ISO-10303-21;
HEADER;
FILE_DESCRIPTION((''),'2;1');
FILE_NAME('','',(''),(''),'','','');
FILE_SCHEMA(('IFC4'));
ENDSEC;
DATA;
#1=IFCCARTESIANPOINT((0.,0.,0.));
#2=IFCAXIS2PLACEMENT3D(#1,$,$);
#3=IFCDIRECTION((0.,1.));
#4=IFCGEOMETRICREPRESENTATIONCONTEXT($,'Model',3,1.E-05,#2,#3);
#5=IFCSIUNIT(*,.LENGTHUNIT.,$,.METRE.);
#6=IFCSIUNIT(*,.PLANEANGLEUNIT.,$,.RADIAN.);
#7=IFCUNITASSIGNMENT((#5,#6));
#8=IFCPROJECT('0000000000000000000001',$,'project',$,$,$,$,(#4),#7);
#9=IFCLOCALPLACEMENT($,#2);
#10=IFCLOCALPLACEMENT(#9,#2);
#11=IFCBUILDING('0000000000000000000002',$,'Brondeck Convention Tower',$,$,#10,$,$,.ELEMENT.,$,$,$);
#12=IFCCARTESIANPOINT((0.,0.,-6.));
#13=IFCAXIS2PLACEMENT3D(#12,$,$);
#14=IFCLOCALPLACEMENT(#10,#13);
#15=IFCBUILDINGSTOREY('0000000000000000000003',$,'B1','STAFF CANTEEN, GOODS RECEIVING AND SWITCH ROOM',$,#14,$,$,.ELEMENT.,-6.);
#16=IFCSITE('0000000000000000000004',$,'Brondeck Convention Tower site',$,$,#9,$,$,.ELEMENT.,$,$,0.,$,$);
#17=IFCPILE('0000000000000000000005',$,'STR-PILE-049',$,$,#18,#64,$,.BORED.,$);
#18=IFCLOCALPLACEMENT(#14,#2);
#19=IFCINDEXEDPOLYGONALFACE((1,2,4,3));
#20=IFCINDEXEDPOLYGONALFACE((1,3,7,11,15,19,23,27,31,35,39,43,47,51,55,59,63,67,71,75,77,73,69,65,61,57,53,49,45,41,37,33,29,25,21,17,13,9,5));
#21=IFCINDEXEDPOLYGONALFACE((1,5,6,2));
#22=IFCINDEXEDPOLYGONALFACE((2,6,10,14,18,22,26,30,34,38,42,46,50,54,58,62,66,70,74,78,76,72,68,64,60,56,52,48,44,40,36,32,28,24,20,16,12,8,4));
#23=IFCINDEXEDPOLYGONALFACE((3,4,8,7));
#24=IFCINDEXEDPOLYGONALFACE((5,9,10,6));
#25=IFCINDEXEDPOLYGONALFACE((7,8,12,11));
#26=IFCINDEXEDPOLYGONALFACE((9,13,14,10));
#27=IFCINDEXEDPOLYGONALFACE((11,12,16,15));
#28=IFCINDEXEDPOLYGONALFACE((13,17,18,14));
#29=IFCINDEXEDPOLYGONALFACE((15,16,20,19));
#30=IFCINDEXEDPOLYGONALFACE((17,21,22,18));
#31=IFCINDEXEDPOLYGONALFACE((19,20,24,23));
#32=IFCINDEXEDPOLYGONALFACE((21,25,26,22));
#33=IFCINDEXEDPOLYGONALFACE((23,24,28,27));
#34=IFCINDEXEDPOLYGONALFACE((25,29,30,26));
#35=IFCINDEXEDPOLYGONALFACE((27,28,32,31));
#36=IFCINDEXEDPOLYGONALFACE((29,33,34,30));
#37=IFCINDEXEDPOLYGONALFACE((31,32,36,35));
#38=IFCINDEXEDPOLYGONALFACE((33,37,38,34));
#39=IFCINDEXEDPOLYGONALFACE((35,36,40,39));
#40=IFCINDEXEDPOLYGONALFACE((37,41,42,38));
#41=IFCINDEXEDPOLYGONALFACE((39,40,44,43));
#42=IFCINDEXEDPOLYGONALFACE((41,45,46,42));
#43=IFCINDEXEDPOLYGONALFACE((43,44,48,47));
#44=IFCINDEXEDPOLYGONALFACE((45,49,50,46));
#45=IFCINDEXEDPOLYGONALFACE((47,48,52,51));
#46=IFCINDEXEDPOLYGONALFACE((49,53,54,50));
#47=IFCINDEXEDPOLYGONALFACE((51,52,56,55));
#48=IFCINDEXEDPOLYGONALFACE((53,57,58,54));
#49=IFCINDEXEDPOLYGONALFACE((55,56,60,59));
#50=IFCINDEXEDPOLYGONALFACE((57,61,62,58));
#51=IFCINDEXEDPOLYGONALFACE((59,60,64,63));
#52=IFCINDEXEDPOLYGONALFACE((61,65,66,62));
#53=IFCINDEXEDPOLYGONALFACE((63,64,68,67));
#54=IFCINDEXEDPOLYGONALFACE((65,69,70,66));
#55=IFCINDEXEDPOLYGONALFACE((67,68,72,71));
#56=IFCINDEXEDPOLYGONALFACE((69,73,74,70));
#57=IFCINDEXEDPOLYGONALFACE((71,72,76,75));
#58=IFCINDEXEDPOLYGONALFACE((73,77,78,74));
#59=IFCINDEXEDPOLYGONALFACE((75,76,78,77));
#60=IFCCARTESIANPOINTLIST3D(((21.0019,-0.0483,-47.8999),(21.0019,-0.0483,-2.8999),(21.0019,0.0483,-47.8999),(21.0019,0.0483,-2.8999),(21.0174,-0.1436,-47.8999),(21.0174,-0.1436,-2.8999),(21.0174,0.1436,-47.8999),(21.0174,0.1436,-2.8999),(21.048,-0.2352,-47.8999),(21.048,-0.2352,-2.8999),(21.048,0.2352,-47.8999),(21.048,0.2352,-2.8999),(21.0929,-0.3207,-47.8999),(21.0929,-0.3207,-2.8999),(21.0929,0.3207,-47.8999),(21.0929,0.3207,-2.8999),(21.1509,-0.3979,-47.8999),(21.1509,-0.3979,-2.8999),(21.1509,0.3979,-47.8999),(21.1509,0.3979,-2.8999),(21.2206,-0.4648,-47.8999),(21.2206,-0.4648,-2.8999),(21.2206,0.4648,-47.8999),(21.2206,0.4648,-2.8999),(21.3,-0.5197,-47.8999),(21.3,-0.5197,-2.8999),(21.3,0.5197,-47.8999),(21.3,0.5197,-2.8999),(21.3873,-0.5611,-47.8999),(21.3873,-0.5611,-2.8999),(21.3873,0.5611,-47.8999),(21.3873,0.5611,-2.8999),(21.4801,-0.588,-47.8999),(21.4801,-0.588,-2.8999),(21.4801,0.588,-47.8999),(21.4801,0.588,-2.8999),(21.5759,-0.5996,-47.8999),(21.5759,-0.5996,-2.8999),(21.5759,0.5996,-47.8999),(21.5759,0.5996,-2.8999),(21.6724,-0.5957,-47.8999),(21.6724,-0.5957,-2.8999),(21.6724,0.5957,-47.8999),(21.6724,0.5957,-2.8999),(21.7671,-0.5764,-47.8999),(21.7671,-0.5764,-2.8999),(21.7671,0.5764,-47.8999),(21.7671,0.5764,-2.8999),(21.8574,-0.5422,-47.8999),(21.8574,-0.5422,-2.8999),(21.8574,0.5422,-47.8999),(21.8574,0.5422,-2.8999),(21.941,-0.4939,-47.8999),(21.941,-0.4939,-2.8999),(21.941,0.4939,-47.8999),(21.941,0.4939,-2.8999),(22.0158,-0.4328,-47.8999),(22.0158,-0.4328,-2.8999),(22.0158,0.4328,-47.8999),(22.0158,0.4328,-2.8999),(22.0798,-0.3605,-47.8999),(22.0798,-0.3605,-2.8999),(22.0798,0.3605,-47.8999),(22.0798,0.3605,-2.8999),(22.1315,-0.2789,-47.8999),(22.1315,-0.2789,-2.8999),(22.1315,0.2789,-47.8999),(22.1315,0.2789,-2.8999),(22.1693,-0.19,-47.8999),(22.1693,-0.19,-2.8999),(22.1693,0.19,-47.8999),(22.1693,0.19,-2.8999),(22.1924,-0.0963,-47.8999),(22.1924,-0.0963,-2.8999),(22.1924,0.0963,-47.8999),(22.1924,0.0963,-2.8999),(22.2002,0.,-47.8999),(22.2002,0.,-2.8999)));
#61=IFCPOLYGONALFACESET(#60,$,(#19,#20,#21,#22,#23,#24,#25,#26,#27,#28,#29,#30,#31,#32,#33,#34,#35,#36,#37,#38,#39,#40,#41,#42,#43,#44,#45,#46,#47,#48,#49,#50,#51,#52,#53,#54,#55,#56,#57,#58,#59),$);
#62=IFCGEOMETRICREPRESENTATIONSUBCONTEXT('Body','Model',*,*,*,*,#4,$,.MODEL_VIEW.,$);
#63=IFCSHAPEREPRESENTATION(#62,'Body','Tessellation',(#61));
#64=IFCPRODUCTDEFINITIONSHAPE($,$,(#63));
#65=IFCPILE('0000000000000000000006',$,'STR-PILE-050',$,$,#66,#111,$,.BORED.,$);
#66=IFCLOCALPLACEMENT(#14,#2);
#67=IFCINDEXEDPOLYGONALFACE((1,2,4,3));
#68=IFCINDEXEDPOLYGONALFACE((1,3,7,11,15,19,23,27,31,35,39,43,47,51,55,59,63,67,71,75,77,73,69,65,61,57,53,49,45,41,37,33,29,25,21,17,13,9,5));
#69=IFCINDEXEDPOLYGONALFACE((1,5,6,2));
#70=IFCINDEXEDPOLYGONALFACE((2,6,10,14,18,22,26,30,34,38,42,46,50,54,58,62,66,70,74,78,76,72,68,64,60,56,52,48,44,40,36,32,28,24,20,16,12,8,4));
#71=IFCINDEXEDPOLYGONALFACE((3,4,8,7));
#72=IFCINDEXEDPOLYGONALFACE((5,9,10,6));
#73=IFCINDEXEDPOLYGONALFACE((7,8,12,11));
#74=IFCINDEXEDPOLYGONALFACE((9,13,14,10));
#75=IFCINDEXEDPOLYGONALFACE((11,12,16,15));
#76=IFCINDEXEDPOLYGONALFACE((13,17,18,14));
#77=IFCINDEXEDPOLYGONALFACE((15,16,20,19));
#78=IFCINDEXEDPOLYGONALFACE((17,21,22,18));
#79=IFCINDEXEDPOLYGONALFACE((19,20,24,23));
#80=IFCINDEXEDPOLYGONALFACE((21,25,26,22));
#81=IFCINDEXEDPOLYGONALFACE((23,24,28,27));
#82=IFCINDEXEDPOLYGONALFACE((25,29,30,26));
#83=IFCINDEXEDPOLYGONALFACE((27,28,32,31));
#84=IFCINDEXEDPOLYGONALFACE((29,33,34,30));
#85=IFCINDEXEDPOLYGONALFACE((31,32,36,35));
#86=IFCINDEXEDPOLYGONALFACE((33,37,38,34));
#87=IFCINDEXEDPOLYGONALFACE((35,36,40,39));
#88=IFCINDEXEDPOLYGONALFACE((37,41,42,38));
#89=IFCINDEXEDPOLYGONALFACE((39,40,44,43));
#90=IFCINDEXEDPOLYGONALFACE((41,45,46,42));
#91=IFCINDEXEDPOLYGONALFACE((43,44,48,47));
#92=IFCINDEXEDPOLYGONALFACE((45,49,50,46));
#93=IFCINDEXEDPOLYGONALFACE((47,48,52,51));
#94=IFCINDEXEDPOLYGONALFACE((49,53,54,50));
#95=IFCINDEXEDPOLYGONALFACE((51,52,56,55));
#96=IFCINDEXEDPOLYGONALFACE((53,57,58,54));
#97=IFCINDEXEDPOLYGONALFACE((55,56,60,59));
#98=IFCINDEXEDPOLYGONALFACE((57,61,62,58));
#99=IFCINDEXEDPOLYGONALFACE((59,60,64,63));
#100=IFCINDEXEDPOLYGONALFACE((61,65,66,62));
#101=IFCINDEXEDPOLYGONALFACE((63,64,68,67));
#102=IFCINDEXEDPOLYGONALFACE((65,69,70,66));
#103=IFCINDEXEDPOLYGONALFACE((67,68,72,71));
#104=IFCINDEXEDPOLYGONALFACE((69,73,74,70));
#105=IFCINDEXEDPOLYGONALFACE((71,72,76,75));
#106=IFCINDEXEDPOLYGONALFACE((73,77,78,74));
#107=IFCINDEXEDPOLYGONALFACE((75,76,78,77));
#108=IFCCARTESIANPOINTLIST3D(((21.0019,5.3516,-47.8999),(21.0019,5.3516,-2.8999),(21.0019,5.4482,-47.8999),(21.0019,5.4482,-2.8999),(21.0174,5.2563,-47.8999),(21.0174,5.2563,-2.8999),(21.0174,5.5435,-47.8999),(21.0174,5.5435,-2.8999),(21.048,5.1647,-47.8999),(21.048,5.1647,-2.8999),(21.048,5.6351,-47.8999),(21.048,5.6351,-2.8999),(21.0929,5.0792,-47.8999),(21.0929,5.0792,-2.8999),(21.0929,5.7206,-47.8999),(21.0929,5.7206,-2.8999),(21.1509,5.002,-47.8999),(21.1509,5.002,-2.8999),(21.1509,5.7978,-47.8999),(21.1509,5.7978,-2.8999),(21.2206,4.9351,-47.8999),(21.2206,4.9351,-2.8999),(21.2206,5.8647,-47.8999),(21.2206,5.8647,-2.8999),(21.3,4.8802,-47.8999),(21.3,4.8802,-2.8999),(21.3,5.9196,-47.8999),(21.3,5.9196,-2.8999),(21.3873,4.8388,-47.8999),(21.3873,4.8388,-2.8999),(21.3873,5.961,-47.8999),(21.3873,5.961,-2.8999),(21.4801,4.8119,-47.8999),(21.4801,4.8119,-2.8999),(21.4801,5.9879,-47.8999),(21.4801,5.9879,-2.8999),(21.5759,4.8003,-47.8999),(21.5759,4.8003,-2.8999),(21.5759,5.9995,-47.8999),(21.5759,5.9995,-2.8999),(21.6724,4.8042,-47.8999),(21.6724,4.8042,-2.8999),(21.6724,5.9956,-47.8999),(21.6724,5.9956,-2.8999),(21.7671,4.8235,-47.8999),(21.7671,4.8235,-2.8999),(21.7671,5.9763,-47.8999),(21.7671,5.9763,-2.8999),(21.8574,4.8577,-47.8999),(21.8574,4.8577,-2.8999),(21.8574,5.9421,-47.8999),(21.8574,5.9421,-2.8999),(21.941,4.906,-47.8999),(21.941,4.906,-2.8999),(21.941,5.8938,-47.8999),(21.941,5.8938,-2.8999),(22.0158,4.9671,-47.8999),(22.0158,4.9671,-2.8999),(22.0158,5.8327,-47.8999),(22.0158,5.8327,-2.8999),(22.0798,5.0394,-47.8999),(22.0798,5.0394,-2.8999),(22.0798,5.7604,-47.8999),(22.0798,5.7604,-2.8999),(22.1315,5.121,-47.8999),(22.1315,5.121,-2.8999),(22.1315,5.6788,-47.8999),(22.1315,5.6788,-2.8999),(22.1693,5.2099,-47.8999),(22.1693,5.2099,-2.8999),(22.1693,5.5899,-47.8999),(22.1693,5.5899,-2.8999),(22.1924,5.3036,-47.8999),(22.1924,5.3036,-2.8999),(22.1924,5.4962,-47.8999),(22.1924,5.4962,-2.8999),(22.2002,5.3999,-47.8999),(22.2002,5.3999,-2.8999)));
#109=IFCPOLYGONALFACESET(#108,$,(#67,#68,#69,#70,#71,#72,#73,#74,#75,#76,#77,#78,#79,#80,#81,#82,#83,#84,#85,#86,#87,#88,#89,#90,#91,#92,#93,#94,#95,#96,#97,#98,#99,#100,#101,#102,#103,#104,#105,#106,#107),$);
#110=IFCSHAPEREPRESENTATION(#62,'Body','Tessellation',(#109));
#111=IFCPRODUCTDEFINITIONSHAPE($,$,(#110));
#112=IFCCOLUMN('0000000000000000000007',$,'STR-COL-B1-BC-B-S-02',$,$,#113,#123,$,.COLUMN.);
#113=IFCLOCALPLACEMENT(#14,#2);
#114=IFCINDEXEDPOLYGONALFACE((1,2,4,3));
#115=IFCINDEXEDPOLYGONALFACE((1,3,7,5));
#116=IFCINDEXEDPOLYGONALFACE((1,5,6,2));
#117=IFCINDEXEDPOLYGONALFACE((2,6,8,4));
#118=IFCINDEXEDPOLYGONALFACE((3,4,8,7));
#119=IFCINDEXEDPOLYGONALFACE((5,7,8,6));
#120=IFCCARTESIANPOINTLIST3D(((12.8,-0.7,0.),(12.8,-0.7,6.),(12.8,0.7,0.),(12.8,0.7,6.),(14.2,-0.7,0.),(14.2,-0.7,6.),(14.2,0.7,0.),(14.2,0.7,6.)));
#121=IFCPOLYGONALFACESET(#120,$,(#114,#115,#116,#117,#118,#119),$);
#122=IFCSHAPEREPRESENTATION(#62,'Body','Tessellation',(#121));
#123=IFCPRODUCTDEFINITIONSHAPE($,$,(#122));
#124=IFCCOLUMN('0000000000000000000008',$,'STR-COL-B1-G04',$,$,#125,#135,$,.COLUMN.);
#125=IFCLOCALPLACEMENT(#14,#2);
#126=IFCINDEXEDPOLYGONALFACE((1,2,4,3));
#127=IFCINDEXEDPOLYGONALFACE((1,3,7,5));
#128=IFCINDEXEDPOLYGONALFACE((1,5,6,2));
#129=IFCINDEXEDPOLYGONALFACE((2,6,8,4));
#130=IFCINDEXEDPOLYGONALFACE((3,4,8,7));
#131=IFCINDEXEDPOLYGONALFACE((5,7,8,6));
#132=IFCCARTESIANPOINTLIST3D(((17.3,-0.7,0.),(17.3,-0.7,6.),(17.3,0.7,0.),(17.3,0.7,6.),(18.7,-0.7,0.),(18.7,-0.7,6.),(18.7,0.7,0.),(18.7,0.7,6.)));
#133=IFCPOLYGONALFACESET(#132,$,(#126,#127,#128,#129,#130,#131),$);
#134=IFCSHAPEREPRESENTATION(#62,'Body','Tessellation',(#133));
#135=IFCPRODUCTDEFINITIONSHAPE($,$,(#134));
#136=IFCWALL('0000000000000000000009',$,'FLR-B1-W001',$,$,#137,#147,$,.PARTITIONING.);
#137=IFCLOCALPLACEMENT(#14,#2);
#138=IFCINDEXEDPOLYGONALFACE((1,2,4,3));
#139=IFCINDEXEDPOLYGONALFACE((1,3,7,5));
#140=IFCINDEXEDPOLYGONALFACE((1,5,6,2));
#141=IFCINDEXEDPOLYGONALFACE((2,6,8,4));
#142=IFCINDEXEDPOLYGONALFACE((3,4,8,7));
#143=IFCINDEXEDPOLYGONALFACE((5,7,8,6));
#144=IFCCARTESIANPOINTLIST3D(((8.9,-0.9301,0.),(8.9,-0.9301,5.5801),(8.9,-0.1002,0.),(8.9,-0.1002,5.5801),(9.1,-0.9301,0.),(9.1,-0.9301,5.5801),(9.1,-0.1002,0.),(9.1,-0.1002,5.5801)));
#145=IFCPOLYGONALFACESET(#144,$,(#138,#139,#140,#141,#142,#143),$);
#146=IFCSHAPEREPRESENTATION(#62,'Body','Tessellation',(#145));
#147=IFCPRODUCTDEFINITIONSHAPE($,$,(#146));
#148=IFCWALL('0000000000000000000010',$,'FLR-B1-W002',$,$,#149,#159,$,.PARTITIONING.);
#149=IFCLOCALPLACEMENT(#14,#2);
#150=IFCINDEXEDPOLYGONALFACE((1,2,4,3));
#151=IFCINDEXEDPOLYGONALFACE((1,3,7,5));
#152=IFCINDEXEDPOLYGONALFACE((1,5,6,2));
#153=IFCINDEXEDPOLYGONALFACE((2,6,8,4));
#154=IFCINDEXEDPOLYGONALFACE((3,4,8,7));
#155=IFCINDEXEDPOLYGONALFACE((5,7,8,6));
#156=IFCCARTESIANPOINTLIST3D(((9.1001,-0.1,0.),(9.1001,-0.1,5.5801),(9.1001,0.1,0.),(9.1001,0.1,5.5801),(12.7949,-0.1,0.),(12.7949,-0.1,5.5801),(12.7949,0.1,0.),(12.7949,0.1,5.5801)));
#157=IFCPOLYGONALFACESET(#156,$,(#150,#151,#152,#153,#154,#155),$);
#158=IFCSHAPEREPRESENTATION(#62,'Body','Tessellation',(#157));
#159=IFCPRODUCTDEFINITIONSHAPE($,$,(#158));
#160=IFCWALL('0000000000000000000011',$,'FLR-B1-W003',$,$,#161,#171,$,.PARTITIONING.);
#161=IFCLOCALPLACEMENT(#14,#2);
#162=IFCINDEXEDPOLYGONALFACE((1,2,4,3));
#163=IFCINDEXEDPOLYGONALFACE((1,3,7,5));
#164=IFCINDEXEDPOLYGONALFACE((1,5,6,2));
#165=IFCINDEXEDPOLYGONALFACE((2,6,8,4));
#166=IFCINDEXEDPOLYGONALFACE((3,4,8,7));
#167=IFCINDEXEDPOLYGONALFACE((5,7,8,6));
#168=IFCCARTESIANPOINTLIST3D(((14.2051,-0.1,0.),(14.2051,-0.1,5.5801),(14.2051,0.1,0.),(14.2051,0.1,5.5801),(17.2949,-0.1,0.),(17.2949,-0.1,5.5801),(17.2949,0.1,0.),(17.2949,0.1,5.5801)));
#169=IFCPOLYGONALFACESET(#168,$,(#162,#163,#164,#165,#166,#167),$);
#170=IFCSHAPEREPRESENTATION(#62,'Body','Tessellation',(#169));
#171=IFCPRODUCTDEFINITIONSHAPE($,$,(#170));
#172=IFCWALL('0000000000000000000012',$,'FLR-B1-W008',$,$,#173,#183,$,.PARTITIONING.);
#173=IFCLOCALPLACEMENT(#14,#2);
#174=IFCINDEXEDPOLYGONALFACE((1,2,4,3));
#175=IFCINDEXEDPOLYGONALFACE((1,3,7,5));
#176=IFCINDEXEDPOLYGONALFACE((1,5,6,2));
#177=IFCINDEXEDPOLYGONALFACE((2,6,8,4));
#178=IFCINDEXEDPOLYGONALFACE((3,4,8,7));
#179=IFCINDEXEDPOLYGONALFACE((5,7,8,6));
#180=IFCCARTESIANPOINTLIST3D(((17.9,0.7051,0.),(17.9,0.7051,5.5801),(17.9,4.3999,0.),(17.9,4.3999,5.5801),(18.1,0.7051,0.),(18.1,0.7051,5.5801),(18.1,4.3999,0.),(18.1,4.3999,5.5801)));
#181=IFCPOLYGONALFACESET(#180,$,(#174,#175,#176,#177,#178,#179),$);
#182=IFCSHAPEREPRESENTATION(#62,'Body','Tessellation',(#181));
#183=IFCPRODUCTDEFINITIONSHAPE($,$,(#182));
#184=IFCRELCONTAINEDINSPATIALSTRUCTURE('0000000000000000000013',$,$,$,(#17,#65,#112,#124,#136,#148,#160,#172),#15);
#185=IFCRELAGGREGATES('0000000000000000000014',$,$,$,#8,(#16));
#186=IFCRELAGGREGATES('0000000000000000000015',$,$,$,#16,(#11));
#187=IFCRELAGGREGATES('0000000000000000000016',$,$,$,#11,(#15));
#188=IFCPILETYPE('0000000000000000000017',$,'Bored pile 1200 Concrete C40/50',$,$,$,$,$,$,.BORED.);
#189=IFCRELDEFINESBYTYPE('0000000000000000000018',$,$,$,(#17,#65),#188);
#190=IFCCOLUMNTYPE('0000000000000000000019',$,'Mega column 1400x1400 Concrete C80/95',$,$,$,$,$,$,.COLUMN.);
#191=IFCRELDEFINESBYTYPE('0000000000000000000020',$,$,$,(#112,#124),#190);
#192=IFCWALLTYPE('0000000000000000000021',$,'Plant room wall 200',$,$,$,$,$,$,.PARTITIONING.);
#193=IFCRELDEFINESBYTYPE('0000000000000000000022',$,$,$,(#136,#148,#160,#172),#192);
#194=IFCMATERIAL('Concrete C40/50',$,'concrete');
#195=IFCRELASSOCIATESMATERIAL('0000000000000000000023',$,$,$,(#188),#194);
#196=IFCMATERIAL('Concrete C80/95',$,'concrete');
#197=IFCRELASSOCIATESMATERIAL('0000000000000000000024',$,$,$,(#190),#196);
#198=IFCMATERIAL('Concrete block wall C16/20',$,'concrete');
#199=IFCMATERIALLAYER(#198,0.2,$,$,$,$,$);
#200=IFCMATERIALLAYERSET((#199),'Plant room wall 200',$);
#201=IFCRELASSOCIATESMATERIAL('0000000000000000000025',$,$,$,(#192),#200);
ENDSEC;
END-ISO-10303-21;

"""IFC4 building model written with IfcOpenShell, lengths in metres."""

from ifc_helpers import new_model, si_unit, direction, frame, frame_2d, origin, origin_2d, place, context, subcontext, project, spatial, rectangle, circle, extrude, material, layer, layer_set, material_profile, profile_set, type_object, element, save


model = new_model("IFC4")

# Units and contexts
model_context = context("Model", 3, precision=1e-05, world=origin(), true_north=direction((0.0, 1.0)))
body_context = subcontext(model_context, "Body", "Model", "MODEL_VIEW")
ifc_project = project(units=[si_unit("LENGTHUNIT", "METRE"), si_unit("PLANEANGLEUNIT", "RADIAN")], contexts=[model_context])

# Site, building, storey
site_placement = place(None, origin())
site = spatial("IfcSite", under=ifc_project, at=site_placement, Name="Brondeck Convention Tower site", CompositionType="ELEMENT", RefElevation=0.0)
building_placement = place(site_placement, origin())
building = spatial("IfcBuilding", under=site, at=building_placement, Name="Brondeck Convention Tower", CompositionType="ELEMENT")
storey_placement = place(building_placement, frame((0.0, 0.0, -6.0)))
storey = spatial("IfcBuildingStorey", under=building, at=storey_placement, Name="B1", Description="STAFF CANTEEN, GOODS RECEIVING AND SWITCH ROOM", CompositionType="ELEMENT", Elevation=-6.0)

# Piles
ifc_material_1 = material(Name="Concrete C40/50", Category="concrete")
ifc_material_profile_1 = material_profile(ifc_material_1, circle(Radius=0.6001, at=origin_2d()), Name="Bored pile 1200 Concrete C40/50")
ifc_profile_set_1 = profile_set([ifc_material_profile_1], Name="Concrete C40/50")
pile_type = type_object("IfcPileType", Name="Bored pile 1200 Concrete C40/50", PredefinedType="BORED", material=ifc_profile_set_1)
for number, where, z_axis, x_axis, name in (
    (1, (21.6001, 0.0, -2.8999), (0.0, 0.0, -1.0), (1.0, 0.0, 0.0), "STR-PILE-049"),
    (2, (21.6001, 5.3999, -2.8999), (0.0, 0.0, -1.0), (1.0, 0.0, 0.0), "STR-PILE-050"),
):
    element("IfcPile", number, at=place(storey_placement, frame(where, z_axis=z_axis, x_axis=x_axis)), inside=storey, type_object=pile_type, Name=name, PredefinedType="BORED", context=body_context, shape_type="SweptSolid", body=[
        extrude(circle(Radius=0.6001, at=origin_2d()), origin(), (0.0, 0.0, 1.0), 45.0),
    ])

# Columns
ifc_material_2 = material(Name="Concrete C80/95", Category="concrete")
ifc_material_profile_2 = material_profile(ifc_material_2, rectangle(XDim=1.3999, YDim=1.3999, at=origin_2d()), Name="Mega column 1400x1400 Concrete C80/95")
ifc_profile_set_2 = profile_set([ifc_material_profile_2], Name="Concrete C80/95")
column_type = type_object("IfcColumnType", Name="Mega column 1400x1400 Concrete C80/95", PredefinedType="COLUMN", material=ifc_profile_set_2)
for number, where, z_axis, x_axis, name in (
    (3, (13.5, 0.0, 0.0), (0.0, 0.0, 1.0), (1.0, 0.0, 0.0), "STR-COL-B1-BC-B-S-02"),
    (4, (18.0, 0.0, 0.0), (0.0, 0.0, 1.0), (1.0, 0.0, 0.0), "STR-COL-B1-G04"),
):
    element("IfcColumn", number, at=place(storey_placement, frame(where, z_axis=z_axis, x_axis=x_axis)), inside=storey, type_object=column_type, Name=name, PredefinedType="COLUMN", context=body_context, shape_type="SweptSolid", body=[
        extrude(rectangle(XDim=1.3999, YDim=1.3999, at=origin_2d()), origin(), (0.0, 0.0, 1.0), 6.0),
    ])

# Walls
ifc_material_3 = material(Name="Concrete block wall C16/20", Category="concrete")
ifc_layer_1 = layer(ifc_material_3, 0.2)
ifc_layer_set_1 = layer_set([ifc_layer_1], Name="Plant room wall 200")
wall_type_1 = type_object("IfcWallType", Name="Plant room wall 200", PredefinedType="PARTITIONING", material=ifc_layer_set_1)
wall_1_placement = place(storey_placement, frame((9.0, -0.1001, 0.0), z_axis=(0.0, 0.0, 1.0), x_axis=(0.0, -1.0, 0.0)))
element("IfcWall", 5, at=wall_1_placement, inside=storey, type_object=wall_type_1, Name="FLR-B1-W001", PredefinedType="PARTITIONING", context=body_context, shape_type="SweptSolid", body=[
    extrude(rectangle(XDim=0.8298, YDim=0.2, at=frame_2d((0.415, 0.0))), origin(), (0.0, 0.0, 1.0), 5.5801),
])
wall_2_placement = place(storey_placement, frame((12.7949, 0.0, 0.0), z_axis=(0.0, 0.0, 1.0), x_axis=(-1.0, 0.0, 0.0)))
element("IfcWall", 6, at=wall_2_placement, inside=storey, type_object=wall_type_1, Name="FLR-B1-W002", PredefinedType="PARTITIONING", context=body_context, shape_type="SweptSolid", body=[
    extrude(rectangle(XDim=3.6948, YDim=0.2, at=frame_2d((1.8474, 0.0))), origin(), (0.0, 0.0, 1.0), 5.5801),
])
wall_3_placement = place(storey_placement, frame((17.2949, 0.0, 0.0), z_axis=(0.0, 0.0, 1.0), x_axis=(-1.0, 0.0, 0.0)))
element("IfcWall", 7, at=wall_3_placement, inside=storey, type_object=wall_type_1, Name="FLR-B1-W003", PredefinedType="PARTITIONING", context=body_context, shape_type="SweptSolid", body=[
    extrude(rectangle(XDim=3.0898, YDim=0.2, at=frame_2d((1.5449, 0.0))), origin(), (0.0, 0.0, 1.0), 5.5801),
])
wall_4_placement = place(storey_placement, frame((18.0, 4.3999, 0.0), z_axis=(0.0, 0.0, 1.0), x_axis=(0.0, -1.0, 0.0)))
element("IfcWall", 8, at=wall_4_placement, inside=storey, type_object=wall_type_1, Name="FLR-B1-W008", PredefinedType="PARTITIONING", context=body_context, shape_type="SweptSolid", body=[
    extrude(rectangle(XDim=3.6948, YDim=0.2, at=frame_2d((1.8474, 0.0))), origin(), (0.0, 0.0, 1.0), 5.5801),
])

save(model, "model.ifc")
